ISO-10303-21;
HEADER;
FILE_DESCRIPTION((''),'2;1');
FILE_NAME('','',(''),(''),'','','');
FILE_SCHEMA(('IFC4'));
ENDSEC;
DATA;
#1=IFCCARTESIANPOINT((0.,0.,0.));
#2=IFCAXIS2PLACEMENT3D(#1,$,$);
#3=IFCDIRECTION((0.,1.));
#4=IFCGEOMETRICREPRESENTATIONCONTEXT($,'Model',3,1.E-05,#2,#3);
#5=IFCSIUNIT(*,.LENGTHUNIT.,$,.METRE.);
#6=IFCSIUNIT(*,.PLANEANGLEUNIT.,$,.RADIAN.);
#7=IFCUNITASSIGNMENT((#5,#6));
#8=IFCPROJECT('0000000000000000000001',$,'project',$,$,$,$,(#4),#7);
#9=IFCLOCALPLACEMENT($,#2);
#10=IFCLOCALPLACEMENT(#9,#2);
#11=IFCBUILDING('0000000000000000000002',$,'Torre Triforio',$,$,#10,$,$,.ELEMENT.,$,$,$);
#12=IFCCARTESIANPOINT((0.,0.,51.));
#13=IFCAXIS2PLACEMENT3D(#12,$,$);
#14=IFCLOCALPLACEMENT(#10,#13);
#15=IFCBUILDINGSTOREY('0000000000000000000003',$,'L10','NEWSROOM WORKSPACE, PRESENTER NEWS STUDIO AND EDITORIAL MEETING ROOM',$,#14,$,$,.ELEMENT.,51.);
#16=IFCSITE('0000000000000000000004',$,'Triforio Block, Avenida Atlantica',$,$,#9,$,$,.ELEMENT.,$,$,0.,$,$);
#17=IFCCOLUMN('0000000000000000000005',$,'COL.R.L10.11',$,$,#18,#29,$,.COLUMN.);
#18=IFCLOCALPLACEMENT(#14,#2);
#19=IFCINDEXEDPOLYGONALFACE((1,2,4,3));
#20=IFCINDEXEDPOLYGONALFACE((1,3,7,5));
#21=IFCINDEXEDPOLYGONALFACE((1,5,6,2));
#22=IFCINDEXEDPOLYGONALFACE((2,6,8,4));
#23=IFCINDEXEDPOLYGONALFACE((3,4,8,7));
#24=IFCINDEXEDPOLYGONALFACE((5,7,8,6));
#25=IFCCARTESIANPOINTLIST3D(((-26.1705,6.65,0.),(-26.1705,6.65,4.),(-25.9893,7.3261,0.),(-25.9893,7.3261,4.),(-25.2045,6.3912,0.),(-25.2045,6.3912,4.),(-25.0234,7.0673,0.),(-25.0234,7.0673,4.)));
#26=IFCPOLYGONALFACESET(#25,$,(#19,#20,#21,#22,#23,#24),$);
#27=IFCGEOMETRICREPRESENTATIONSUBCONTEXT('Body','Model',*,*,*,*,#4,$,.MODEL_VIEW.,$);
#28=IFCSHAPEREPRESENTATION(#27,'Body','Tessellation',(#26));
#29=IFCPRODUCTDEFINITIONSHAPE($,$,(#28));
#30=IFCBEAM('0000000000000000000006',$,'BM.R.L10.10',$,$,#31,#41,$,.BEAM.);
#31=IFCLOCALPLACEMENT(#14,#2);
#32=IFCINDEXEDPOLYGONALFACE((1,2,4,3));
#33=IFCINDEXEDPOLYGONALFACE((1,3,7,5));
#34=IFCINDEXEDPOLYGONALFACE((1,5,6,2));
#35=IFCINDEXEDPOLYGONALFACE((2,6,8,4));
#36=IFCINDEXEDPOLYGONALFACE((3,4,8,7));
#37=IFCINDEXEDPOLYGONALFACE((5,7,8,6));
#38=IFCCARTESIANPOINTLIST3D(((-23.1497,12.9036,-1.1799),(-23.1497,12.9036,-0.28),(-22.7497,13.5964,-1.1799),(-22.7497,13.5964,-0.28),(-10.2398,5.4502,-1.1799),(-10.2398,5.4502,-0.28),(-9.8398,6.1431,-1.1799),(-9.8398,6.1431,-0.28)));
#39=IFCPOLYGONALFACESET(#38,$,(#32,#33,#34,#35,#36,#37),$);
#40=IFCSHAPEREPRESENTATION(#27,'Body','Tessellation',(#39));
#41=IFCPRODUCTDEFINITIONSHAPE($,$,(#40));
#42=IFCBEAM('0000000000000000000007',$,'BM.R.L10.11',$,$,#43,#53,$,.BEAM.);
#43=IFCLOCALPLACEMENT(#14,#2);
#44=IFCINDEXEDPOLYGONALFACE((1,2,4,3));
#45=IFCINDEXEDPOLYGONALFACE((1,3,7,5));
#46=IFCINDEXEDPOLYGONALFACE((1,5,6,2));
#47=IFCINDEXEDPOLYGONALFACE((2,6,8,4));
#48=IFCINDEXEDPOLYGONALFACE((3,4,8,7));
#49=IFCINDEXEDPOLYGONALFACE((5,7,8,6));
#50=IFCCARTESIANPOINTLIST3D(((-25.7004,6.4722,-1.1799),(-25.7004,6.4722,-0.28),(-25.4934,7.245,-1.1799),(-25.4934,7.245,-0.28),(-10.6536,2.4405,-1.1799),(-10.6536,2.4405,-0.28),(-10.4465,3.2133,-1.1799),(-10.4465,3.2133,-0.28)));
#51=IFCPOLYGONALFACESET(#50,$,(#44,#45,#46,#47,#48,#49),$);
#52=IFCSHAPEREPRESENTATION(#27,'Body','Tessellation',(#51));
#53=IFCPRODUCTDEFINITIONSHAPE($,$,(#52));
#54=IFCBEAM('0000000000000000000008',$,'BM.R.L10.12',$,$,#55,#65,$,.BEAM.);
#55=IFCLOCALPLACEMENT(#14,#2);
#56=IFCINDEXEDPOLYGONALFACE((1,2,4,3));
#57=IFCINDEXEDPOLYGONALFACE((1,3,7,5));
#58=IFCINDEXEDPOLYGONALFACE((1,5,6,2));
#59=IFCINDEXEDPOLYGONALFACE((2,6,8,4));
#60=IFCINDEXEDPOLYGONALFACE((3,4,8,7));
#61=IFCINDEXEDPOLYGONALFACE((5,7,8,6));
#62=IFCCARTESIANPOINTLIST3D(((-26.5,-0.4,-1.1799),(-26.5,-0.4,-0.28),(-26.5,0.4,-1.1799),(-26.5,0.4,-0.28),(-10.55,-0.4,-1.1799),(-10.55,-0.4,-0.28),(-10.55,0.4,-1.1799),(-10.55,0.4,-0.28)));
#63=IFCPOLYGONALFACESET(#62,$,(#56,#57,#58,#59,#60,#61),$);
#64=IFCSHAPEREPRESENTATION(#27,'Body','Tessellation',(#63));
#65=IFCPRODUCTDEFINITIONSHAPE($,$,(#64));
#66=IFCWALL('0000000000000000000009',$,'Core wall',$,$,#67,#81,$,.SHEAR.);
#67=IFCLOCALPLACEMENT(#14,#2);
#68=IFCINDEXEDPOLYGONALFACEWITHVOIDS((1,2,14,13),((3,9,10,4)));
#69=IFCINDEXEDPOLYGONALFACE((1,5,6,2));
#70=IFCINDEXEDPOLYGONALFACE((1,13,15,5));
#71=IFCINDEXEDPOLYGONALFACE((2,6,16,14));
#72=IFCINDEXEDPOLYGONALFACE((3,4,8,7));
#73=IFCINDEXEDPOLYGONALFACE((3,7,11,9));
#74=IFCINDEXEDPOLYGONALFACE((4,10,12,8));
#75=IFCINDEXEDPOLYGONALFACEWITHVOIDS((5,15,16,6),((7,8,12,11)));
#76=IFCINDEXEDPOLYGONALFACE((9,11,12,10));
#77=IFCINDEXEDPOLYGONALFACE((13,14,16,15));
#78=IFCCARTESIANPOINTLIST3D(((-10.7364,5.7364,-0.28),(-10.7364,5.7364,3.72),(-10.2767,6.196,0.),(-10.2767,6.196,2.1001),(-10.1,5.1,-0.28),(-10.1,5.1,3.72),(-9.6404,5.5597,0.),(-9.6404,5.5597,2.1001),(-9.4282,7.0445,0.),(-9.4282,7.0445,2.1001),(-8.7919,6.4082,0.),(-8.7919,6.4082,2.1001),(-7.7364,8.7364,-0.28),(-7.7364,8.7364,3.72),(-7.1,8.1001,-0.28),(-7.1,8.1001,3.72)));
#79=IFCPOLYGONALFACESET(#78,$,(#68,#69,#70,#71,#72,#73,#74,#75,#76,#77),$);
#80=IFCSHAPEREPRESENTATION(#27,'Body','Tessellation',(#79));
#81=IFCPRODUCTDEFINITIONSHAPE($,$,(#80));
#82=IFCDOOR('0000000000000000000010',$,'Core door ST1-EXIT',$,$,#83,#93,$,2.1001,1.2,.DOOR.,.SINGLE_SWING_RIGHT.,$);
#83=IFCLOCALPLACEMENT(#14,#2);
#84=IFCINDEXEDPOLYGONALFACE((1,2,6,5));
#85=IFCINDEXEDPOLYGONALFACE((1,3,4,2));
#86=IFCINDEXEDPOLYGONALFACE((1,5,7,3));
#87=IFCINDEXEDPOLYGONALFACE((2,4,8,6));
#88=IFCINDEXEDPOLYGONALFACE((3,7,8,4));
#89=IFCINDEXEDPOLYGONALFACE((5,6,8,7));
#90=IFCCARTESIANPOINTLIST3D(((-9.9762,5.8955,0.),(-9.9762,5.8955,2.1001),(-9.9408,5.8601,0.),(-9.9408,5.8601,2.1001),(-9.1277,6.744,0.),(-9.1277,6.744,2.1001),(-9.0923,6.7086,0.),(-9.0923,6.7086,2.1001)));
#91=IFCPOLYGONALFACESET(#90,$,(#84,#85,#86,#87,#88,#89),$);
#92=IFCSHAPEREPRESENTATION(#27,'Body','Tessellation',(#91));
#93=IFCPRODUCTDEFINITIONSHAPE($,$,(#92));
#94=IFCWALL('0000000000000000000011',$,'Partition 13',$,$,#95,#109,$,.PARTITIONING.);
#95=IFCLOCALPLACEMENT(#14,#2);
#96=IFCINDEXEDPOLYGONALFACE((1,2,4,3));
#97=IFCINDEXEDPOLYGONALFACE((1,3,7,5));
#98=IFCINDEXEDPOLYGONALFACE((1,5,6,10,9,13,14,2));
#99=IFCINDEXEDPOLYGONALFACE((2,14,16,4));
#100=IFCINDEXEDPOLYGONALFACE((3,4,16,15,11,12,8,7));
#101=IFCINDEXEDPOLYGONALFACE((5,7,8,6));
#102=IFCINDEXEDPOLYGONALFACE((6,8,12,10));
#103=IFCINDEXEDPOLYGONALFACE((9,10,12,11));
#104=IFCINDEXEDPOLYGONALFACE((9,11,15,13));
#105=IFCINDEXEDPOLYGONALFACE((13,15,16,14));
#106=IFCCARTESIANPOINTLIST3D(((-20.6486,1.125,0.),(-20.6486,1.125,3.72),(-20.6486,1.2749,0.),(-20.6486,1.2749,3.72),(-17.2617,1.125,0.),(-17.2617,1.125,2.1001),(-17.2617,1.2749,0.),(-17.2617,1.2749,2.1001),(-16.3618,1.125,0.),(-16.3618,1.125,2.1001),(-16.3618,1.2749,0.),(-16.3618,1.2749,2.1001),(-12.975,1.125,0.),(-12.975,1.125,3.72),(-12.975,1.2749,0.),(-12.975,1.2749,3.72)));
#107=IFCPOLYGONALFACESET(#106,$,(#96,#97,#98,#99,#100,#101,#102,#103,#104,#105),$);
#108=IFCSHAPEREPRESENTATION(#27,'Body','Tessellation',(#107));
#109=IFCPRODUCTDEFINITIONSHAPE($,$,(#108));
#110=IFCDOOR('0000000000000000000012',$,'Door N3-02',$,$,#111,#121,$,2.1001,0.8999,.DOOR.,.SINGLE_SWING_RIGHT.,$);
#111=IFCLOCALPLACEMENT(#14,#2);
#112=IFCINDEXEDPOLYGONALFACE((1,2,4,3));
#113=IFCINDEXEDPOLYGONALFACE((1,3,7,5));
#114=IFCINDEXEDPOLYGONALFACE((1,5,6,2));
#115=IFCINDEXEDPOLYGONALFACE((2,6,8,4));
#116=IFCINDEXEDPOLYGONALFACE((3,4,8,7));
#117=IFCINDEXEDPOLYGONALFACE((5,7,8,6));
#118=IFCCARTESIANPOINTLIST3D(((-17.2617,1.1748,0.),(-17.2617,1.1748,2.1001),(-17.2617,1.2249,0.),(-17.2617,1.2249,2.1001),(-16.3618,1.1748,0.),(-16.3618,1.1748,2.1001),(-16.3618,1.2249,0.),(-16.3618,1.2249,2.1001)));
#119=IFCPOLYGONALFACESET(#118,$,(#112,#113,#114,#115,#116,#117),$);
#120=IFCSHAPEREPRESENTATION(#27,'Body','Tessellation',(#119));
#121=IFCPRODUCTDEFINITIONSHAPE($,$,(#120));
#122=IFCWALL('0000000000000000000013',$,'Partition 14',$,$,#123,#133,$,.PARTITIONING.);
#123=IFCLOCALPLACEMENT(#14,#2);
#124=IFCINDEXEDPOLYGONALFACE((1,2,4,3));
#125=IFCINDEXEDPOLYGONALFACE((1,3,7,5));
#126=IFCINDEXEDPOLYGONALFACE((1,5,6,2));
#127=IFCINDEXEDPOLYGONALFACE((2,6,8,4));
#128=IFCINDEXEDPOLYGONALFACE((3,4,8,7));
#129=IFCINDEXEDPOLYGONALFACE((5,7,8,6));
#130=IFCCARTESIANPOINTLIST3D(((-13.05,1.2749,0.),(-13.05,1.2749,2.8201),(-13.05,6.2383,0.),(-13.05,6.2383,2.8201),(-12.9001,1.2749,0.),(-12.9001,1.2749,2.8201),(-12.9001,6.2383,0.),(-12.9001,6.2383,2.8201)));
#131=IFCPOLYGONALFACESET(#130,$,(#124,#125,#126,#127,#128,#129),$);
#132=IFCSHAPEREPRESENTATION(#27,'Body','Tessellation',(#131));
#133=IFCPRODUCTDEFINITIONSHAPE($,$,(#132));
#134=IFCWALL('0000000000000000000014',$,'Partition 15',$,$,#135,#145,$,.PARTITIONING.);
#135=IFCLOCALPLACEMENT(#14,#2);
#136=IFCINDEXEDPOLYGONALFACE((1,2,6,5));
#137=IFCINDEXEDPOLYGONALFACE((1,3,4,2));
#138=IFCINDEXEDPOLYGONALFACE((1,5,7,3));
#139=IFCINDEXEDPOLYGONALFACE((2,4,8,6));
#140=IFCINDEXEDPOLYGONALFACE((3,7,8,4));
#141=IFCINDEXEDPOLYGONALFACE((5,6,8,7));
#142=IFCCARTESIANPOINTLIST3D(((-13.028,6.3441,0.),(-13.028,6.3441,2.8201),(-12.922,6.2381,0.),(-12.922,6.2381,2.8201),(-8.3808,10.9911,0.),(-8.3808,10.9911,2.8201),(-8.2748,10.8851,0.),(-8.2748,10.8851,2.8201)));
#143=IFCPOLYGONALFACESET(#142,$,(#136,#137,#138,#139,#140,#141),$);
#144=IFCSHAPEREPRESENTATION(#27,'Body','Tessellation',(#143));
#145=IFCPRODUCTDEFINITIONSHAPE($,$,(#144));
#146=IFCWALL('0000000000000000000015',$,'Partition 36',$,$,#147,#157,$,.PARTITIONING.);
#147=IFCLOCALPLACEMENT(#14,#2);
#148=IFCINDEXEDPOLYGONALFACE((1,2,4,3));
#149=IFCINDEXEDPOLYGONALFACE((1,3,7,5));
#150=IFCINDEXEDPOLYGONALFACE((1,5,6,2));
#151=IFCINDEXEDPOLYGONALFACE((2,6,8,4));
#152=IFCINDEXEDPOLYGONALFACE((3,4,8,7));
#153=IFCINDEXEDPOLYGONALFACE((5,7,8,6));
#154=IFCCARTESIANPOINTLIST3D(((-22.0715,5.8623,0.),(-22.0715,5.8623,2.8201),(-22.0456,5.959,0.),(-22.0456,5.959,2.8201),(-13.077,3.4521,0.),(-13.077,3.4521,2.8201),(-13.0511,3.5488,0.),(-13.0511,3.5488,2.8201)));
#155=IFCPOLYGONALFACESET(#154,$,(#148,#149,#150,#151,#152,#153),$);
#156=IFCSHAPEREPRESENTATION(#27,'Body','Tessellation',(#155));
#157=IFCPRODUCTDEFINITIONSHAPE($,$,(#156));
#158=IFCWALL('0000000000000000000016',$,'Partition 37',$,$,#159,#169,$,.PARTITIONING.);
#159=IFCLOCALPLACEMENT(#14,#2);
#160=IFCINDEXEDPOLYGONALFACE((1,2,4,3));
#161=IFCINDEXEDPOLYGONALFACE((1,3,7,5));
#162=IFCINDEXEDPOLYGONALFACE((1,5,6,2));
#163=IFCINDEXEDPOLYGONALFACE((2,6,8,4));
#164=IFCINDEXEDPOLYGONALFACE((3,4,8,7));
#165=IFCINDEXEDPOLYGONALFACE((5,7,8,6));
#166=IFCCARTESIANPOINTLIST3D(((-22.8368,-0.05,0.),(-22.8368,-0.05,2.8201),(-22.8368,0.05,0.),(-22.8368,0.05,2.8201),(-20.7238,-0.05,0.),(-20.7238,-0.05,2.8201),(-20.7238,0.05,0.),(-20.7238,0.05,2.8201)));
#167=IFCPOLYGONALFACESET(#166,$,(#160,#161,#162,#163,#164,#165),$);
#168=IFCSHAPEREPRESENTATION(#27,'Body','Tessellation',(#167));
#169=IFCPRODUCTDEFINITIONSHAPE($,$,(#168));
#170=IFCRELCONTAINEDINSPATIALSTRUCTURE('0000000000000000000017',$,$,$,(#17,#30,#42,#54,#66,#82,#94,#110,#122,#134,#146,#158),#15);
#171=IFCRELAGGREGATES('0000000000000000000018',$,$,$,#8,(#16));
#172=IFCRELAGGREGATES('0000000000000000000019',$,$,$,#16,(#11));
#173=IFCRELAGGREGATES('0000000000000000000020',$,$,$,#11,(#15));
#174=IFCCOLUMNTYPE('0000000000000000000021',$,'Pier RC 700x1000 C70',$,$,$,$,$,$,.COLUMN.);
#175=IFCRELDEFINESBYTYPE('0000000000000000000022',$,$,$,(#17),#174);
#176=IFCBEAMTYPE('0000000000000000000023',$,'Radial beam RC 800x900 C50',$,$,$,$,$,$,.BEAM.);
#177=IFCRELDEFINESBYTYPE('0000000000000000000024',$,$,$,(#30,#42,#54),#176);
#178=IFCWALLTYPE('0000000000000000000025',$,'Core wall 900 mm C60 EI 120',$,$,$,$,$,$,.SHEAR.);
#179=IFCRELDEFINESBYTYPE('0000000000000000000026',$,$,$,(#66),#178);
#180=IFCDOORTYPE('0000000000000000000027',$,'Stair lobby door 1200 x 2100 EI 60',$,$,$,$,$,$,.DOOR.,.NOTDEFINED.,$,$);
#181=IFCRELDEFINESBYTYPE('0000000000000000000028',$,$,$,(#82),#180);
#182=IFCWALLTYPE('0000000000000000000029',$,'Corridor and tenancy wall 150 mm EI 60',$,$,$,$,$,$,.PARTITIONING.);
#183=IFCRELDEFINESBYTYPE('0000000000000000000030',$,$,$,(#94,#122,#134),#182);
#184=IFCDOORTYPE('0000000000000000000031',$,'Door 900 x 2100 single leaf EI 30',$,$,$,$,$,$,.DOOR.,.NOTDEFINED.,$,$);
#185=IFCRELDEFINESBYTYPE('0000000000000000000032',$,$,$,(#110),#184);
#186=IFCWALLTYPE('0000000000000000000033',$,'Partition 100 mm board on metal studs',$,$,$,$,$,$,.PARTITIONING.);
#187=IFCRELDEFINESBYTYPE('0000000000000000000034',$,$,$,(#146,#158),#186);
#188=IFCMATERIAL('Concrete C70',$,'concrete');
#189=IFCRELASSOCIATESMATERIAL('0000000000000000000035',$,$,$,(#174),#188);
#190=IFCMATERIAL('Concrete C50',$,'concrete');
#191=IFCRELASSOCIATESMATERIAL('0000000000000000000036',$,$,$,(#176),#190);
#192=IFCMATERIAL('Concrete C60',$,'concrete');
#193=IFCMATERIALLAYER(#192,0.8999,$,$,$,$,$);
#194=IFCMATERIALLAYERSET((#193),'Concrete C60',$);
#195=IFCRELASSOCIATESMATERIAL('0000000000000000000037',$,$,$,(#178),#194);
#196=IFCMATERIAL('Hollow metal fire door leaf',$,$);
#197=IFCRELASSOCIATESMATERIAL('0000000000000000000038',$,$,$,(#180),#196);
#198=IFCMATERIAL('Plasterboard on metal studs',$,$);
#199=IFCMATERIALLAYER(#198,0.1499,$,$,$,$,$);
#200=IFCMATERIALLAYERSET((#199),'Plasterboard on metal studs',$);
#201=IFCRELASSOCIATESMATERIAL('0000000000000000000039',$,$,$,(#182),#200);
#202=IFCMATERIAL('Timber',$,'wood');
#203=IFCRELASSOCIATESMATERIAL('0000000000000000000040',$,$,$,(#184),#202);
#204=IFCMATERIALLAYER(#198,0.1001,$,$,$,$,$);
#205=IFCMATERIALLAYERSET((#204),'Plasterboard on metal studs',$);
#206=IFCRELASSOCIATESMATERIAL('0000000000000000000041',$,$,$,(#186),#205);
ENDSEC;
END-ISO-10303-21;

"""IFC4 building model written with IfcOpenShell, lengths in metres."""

from ifc_helpers import new_model, si_unit, direction, frame, frame_2d, origin, origin_2d, place, context, subcontext, project, spatial, rectangle, extrude, material, layer, layer_set, material_profile, profile_set, type_object, element, fill, save


model = new_model("IFC4")

# Units and contexts
model_context = context("Model", 3, precision=1e-05, world=origin(), true_north=direction((0.0, 1.0)))
body_context = subcontext(model_context, "Body", "Model", "MODEL_VIEW")
ifc_project = project(units=[si_unit("LENGTHUNIT", "METRE"), si_unit("PLANEANGLEUNIT", "RADIAN")], contexts=[model_context])

# Site, building, storey
site_placement = place(None, origin())
site = spatial("IfcSite", under=ifc_project, at=site_placement, Name="Triforio Block, Avenida Atlantica", CompositionType="ELEMENT", RefElevation=0.0)
building_placement = place(site_placement, origin())
building = spatial("IfcBuilding", under=site, at=building_placement, Name="Torre Triforio", CompositionType="ELEMENT")
storey_placement = place(building_placement, frame((0.0, 0.0, 51.0)))
storey = spatial("IfcBuildingStorey", under=building, at=storey_placement, Name="L10", Description="NEWSROOM WORKSPACE, PRESENTER NEWS STUDIO AND EDITORIAL MEETING ROOM", CompositionType="ELEMENT", Elevation=51.0)

# Column
ifc_material_1 = material(Name="Concrete C70", Category="concrete")
ifc_material_profile_1 = material_profile(ifc_material_1, rectangle(XDim=0.7, YDim=1.0, at=origin_2d()), Name="RC 700x1000")
ifc_profile_set_1 = profile_set([ifc_material_profile_1], Name="Concrete C70")
column_type = type_object("IfcColumnType", Name="Pier RC 700x1000 C70", PredefinedType="COLUMN", material=ifc_profile_set_1)
column_placement = place(storey_placement, frame((-25.5969, 6.8586, 0.0), z_axis=(0.0, 0.0, 1.0), x_axis=(-0.258819, -0.965926, 0.0)))
element("IfcColumn", 1, at=column_placement, inside=storey, type_object=column_type, Name="COL.R.L10.11", PredefinedType="COLUMN", context=body_context, shape_type="SweptSolid", body=[
    extrude(rectangle(XDim=0.7, YDim=1.0, at=origin_2d()), origin(), (0.0, 0.0, 1.0), 4.0),
])

# Beams
ifc_material_2 = material(Name="Concrete C50", Category="concrete")
ifc_material_profile_2 = material_profile(ifc_material_2, rectangle(XDim=0.8, YDim=0.8999, at=origin_2d()), Name="RC 800x900")
ifc_profile_set_2 = profile_set([ifc_material_profile_2], Name="Concrete C50")
beam_type = type_object("IfcBeamType", Name="Radial beam RC 800x900 C50", PredefinedType="BEAM", material=ifc_profile_set_2)
beam_1_placement = place(storey_placement, frame((-10.0398, 5.7966, -0.73), z_axis=(-0.86603, 0.499991, 0.0), x_axis=(-0.499991, -0.86603, 0.0)))
element("IfcBeam", 2, at=beam_1_placement, inside=storey, type_object=beam_type, Name="BM.R.L10.10", PredefinedType="BEAM", context=body_context, shape_type="SweptSolid", body=[
    extrude(rectangle(XDim=0.8, YDim=0.8999, at=origin_2d()), origin(), (0.0, 0.0, 1.0), 14.907),
])
beam_2_placement = place(storey_placement, frame((-10.55, 2.8269, -0.73), z_axis=(-0.965927, 0.258815, 0.0), x_axis=(-0.258815, -0.965927, 0.0)))
element("IfcBeam", 3, at=beam_2_placement, inside=storey, type_object=beam_type, Name="BM.R.L10.11", PredefinedType="BEAM", context=body_context, shape_type="SweptSolid", body=[
    extrude(rectangle(XDim=0.8, YDim=0.8999, at=origin_2d()), origin(), (0.0, 0.0, 1.0), 15.5776),
])
beam_3_placement = place(storey_placement, frame((-10.55, 0.0, -0.73), z_axis=(-1.0, 0.0, 0.0), x_axis=(0.0, -1.0, 0.0)))
element("IfcBeam", 4, at=beam_3_placement, inside=storey, type_object=beam_type, Name="BM.R.L10.12", PredefinedType="BEAM", context=body_context, shape_type="SweptSolid", body=[
    extrude(rectangle(XDim=0.8, YDim=0.8999, at=origin_2d()), origin(), (0.0, 0.0, 1.0), 15.95),
])

# Walls, openings, doors
ifc_material_3 = material(Name="Concrete C60", Category="concrete")
ifc_layer_1 = layer(ifc_material_3, 0.8999)
ifc_layer_set_1 = layer_set([ifc_layer_1], Name="Concrete C60")
wall_type_1 = type_object("IfcWallType", Name="Core wall 900 mm C60 EI 120", PredefinedType="SHEAR", material=ifc_layer_set_1)
wall_1_placement = place(storey_placement, frame((-10.4182, 5.4182, -0.28), z_axis=(0.0, 0.0, 1.0), x_axis=(0.707107, 0.707107, 0.0)))
wall_1 = element("IfcWall", 5, at=wall_1_placement, inside=storey, type_object=wall_type_1, Name="Core wall", PredefinedType="SHEAR", context=body_context, shape_type="SweptSolid", body=[
    extrude(rectangle(XDim=4.2427, YDim=0.8999, at=frame_2d((2.1213, 0.0))), origin(), (0.0, 0.0, 1.0), 4.0),
])
opening_1_placement = place(wall_1_placement, frame((0.6499, 0.0, 0.28)))
opening_1 = element("IfcOpeningElement", 6, at=opening_1_placement, cuts=wall_1, PredefinedType="OPENING", context=body_context, shape_type="SweptSolid", body=[
    extrude(rectangle(XDim=1.2, YDim=2.1001, at=frame_2d((0.6001, 1.05))), frame((0.0, 0.46, 0.0), z_axis=(0.0, -1.0, 0.0), x_axis=(1.0, 0.0, 0.0)), (0.0, 0.0, 1.0), 0.9199),
])
ifc_material_4 = material(Name="Hollow metal fire door leaf")
door_type_1 = type_object("IfcDoorType", Name="Stair lobby door 1200 x 2100 EI 60", OperationType="NOTDEFINED", PredefinedType="DOOR", material=ifc_material_4)
door_1_placement = place(opening_1_placement, origin())
door_1 = element("IfcDoor", 7, at=door_1_placement, inside=storey, type_object=door_type_1, Name="Core door ST1-EXIT", OperationType="SINGLE_SWING_RIGHT", OverallHeight=2.1001, OverallWidth=1.2, PredefinedType="DOOR", context=body_context, shape_type="SweptSolid", body=[
    extrude(rectangle(XDim=1.2, YDim=2.1001, at=frame_2d((0.6001, 1.05))), frame((0.0, 0.0249, 0.0), z_axis=(0.0, -1.0, 0.0), x_axis=(1.0, 0.0, 0.0)), (0.0, 0.0, 1.0), 0.05),
])
fill(opening_1, door_1)
ifc_material_5 = material(Name="Plasterboard on metal studs")
ifc_layer_2 = layer(ifc_material_5, 0.1499)
ifc_layer_set_2 = layer_set([ifc_layer_2], Name="Plasterboard on metal studs")
wall_type_2 = type_object("IfcWallType", Name="Corridor and tenancy wall 150 mm EI 60", PredefinedType="PARTITIONING", material=ifc_layer_set_2)
wall_2_placement = place(storey_placement, frame((-20.6487, 1.2, 0.0), z_axis=(0.0, 0.0, 1.0), x_axis=(1.0, 0.0, 0.0)))
wall_2 = element("IfcWall", 8, at=wall_2_placement, inside=storey, type_object=wall_type_2, Name="Partition 13", PredefinedType="PARTITIONING", context=body_context, shape_type="SweptSolid", body=[
    extrude(rectangle(XDim=7.6736, YDim=0.1499, at=frame_2d((3.8369, 0.0))), origin(), (0.0, 0.0, 1.0), 3.72),
])
opening_2_placement = place(wall_2_placement, frame((3.387, 0.0, 0.0)))
opening_2 = element("IfcOpeningElement", 9, at=opening_2_placement, cuts=wall_2, PredefinedType="OPENING", context=body_context, shape_type="SweptSolid", body=[
    extrude(rectangle(XDim=0.8999, YDim=2.1001, at=frame_2d((0.45, 1.05))), frame((0.0, 0.085, 0.0), z_axis=(0.0, -1.0, 0.0), x_axis=(1.0, 0.0, 0.0)), (0.0, 0.0, 1.0), 0.1699),
])
ifc_material_6 = material(Name="Timber", Category="wood")
door_type_2 = type_object("IfcDoorType", Name="Door 900 x 2100 single leaf EI 30", OperationType="NOTDEFINED", PredefinedType="DOOR", material=ifc_material_6)
door_2_placement = place(opening_2_placement, origin())
door_2 = element("IfcDoor", 10, at=door_2_placement, inside=storey, type_object=door_type_2, Name="Door N3-02", OperationType="SINGLE_SWING_RIGHT", OverallHeight=2.1001, OverallWidth=0.8999, PredefinedType="DOOR", context=body_context, shape_type="SweptSolid", body=[
    extrude(rectangle(XDim=0.8999, YDim=2.1001, at=frame_2d((0.45, 1.05))), frame((0.0, 0.0249, 0.0), z_axis=(0.0, -1.0, 0.0), x_axis=(1.0, 0.0, 0.0)), (0.0, 0.0, 1.0), 0.05),
])
fill(opening_2, door_2)

# Walls
wall_3_placement = place(storey_placement, frame((-12.9751, 1.2749, 0.0), z_axis=(0.0, 0.0, 1.0), x_axis=(0.0, 1.0, 0.0)))
element("IfcWall", 11, at=wall_3_placement, inside=storey, type_object=wall_type_2, Name="Partition 14", PredefinedType="PARTITIONING", context=body_context, shape_type="SweptSolid", body=[
    extrude(rectangle(XDim=4.9634, YDim=0.1499, at=frame_2d((2.4817, 0.0))), origin(), (0.0, 0.0, 1.0), 2.8201),
])
wall_4_placement = place(storey_placement, frame((-12.9751, 6.291, 0.0), z_axis=(0.0, 0.0, 1.0), x_axis=(0.707125, 0.707088, 0.0)))
element("IfcWall", 12, at=wall_4_placement, inside=storey, type_object=wall_type_2, Name="Partition 15", PredefinedType="PARTITIONING", context=body_context, shape_type="SweptSolid", body=[
    extrude(rectangle(XDim=6.572, YDim=0.1499, at=frame_2d((3.2861, 0.0))), origin(), (0.0, 0.0, 1.0), 2.8201),
])
ifc_layer_3 = layer(ifc_material_5, 0.1001)
ifc_layer_set_3 = layer_set([ifc_layer_3], Name="Plasterboard on metal studs")
wall_type_3 = type_object("IfcWallType", Name="Partition 100 mm board on metal studs", PredefinedType="PARTITIONING", material=ifc_layer_set_3)
wall_5_placement = place(storey_placement, frame((-13.0642, 3.5005, 0.0), z_axis=(0.0, 0.0, 1.0), x_axis=(-0.965923, 0.258831, 0.0)))
element("IfcWall", 13, at=wall_5_placement, inside=storey, type_object=wall_type_3, Name="Partition 36", PredefinedType="PARTITIONING", context=body_context, shape_type="SweptSolid", body=[
    extrude(rectangle(XDim=9.3118, YDim=0.1001, at=frame_2d((4.6558, 0.0))), origin(), (0.0, 0.0, 1.0), 2.8201),
])
wall_6_placement = place(storey_placement, frame((-20.7236, 0.0, 0.0), z_axis=(0.0, 0.0, 1.0), x_axis=(-1.0, 0.0, 0.0)))
element("IfcWall", 14, at=wall_6_placement, inside=storey, type_object=wall_type_3, Name="Partition 37", PredefinedType="PARTITIONING", context=body_context, shape_type="SweptSolid", body=[
    extrude(rectangle(XDim=2.113, YDim=0.1001, at=frame_2d((1.0566, 0.0))), origin(), (0.0, 0.0, 1.0), 2.8201),
])

save(model, "model.ifc")
